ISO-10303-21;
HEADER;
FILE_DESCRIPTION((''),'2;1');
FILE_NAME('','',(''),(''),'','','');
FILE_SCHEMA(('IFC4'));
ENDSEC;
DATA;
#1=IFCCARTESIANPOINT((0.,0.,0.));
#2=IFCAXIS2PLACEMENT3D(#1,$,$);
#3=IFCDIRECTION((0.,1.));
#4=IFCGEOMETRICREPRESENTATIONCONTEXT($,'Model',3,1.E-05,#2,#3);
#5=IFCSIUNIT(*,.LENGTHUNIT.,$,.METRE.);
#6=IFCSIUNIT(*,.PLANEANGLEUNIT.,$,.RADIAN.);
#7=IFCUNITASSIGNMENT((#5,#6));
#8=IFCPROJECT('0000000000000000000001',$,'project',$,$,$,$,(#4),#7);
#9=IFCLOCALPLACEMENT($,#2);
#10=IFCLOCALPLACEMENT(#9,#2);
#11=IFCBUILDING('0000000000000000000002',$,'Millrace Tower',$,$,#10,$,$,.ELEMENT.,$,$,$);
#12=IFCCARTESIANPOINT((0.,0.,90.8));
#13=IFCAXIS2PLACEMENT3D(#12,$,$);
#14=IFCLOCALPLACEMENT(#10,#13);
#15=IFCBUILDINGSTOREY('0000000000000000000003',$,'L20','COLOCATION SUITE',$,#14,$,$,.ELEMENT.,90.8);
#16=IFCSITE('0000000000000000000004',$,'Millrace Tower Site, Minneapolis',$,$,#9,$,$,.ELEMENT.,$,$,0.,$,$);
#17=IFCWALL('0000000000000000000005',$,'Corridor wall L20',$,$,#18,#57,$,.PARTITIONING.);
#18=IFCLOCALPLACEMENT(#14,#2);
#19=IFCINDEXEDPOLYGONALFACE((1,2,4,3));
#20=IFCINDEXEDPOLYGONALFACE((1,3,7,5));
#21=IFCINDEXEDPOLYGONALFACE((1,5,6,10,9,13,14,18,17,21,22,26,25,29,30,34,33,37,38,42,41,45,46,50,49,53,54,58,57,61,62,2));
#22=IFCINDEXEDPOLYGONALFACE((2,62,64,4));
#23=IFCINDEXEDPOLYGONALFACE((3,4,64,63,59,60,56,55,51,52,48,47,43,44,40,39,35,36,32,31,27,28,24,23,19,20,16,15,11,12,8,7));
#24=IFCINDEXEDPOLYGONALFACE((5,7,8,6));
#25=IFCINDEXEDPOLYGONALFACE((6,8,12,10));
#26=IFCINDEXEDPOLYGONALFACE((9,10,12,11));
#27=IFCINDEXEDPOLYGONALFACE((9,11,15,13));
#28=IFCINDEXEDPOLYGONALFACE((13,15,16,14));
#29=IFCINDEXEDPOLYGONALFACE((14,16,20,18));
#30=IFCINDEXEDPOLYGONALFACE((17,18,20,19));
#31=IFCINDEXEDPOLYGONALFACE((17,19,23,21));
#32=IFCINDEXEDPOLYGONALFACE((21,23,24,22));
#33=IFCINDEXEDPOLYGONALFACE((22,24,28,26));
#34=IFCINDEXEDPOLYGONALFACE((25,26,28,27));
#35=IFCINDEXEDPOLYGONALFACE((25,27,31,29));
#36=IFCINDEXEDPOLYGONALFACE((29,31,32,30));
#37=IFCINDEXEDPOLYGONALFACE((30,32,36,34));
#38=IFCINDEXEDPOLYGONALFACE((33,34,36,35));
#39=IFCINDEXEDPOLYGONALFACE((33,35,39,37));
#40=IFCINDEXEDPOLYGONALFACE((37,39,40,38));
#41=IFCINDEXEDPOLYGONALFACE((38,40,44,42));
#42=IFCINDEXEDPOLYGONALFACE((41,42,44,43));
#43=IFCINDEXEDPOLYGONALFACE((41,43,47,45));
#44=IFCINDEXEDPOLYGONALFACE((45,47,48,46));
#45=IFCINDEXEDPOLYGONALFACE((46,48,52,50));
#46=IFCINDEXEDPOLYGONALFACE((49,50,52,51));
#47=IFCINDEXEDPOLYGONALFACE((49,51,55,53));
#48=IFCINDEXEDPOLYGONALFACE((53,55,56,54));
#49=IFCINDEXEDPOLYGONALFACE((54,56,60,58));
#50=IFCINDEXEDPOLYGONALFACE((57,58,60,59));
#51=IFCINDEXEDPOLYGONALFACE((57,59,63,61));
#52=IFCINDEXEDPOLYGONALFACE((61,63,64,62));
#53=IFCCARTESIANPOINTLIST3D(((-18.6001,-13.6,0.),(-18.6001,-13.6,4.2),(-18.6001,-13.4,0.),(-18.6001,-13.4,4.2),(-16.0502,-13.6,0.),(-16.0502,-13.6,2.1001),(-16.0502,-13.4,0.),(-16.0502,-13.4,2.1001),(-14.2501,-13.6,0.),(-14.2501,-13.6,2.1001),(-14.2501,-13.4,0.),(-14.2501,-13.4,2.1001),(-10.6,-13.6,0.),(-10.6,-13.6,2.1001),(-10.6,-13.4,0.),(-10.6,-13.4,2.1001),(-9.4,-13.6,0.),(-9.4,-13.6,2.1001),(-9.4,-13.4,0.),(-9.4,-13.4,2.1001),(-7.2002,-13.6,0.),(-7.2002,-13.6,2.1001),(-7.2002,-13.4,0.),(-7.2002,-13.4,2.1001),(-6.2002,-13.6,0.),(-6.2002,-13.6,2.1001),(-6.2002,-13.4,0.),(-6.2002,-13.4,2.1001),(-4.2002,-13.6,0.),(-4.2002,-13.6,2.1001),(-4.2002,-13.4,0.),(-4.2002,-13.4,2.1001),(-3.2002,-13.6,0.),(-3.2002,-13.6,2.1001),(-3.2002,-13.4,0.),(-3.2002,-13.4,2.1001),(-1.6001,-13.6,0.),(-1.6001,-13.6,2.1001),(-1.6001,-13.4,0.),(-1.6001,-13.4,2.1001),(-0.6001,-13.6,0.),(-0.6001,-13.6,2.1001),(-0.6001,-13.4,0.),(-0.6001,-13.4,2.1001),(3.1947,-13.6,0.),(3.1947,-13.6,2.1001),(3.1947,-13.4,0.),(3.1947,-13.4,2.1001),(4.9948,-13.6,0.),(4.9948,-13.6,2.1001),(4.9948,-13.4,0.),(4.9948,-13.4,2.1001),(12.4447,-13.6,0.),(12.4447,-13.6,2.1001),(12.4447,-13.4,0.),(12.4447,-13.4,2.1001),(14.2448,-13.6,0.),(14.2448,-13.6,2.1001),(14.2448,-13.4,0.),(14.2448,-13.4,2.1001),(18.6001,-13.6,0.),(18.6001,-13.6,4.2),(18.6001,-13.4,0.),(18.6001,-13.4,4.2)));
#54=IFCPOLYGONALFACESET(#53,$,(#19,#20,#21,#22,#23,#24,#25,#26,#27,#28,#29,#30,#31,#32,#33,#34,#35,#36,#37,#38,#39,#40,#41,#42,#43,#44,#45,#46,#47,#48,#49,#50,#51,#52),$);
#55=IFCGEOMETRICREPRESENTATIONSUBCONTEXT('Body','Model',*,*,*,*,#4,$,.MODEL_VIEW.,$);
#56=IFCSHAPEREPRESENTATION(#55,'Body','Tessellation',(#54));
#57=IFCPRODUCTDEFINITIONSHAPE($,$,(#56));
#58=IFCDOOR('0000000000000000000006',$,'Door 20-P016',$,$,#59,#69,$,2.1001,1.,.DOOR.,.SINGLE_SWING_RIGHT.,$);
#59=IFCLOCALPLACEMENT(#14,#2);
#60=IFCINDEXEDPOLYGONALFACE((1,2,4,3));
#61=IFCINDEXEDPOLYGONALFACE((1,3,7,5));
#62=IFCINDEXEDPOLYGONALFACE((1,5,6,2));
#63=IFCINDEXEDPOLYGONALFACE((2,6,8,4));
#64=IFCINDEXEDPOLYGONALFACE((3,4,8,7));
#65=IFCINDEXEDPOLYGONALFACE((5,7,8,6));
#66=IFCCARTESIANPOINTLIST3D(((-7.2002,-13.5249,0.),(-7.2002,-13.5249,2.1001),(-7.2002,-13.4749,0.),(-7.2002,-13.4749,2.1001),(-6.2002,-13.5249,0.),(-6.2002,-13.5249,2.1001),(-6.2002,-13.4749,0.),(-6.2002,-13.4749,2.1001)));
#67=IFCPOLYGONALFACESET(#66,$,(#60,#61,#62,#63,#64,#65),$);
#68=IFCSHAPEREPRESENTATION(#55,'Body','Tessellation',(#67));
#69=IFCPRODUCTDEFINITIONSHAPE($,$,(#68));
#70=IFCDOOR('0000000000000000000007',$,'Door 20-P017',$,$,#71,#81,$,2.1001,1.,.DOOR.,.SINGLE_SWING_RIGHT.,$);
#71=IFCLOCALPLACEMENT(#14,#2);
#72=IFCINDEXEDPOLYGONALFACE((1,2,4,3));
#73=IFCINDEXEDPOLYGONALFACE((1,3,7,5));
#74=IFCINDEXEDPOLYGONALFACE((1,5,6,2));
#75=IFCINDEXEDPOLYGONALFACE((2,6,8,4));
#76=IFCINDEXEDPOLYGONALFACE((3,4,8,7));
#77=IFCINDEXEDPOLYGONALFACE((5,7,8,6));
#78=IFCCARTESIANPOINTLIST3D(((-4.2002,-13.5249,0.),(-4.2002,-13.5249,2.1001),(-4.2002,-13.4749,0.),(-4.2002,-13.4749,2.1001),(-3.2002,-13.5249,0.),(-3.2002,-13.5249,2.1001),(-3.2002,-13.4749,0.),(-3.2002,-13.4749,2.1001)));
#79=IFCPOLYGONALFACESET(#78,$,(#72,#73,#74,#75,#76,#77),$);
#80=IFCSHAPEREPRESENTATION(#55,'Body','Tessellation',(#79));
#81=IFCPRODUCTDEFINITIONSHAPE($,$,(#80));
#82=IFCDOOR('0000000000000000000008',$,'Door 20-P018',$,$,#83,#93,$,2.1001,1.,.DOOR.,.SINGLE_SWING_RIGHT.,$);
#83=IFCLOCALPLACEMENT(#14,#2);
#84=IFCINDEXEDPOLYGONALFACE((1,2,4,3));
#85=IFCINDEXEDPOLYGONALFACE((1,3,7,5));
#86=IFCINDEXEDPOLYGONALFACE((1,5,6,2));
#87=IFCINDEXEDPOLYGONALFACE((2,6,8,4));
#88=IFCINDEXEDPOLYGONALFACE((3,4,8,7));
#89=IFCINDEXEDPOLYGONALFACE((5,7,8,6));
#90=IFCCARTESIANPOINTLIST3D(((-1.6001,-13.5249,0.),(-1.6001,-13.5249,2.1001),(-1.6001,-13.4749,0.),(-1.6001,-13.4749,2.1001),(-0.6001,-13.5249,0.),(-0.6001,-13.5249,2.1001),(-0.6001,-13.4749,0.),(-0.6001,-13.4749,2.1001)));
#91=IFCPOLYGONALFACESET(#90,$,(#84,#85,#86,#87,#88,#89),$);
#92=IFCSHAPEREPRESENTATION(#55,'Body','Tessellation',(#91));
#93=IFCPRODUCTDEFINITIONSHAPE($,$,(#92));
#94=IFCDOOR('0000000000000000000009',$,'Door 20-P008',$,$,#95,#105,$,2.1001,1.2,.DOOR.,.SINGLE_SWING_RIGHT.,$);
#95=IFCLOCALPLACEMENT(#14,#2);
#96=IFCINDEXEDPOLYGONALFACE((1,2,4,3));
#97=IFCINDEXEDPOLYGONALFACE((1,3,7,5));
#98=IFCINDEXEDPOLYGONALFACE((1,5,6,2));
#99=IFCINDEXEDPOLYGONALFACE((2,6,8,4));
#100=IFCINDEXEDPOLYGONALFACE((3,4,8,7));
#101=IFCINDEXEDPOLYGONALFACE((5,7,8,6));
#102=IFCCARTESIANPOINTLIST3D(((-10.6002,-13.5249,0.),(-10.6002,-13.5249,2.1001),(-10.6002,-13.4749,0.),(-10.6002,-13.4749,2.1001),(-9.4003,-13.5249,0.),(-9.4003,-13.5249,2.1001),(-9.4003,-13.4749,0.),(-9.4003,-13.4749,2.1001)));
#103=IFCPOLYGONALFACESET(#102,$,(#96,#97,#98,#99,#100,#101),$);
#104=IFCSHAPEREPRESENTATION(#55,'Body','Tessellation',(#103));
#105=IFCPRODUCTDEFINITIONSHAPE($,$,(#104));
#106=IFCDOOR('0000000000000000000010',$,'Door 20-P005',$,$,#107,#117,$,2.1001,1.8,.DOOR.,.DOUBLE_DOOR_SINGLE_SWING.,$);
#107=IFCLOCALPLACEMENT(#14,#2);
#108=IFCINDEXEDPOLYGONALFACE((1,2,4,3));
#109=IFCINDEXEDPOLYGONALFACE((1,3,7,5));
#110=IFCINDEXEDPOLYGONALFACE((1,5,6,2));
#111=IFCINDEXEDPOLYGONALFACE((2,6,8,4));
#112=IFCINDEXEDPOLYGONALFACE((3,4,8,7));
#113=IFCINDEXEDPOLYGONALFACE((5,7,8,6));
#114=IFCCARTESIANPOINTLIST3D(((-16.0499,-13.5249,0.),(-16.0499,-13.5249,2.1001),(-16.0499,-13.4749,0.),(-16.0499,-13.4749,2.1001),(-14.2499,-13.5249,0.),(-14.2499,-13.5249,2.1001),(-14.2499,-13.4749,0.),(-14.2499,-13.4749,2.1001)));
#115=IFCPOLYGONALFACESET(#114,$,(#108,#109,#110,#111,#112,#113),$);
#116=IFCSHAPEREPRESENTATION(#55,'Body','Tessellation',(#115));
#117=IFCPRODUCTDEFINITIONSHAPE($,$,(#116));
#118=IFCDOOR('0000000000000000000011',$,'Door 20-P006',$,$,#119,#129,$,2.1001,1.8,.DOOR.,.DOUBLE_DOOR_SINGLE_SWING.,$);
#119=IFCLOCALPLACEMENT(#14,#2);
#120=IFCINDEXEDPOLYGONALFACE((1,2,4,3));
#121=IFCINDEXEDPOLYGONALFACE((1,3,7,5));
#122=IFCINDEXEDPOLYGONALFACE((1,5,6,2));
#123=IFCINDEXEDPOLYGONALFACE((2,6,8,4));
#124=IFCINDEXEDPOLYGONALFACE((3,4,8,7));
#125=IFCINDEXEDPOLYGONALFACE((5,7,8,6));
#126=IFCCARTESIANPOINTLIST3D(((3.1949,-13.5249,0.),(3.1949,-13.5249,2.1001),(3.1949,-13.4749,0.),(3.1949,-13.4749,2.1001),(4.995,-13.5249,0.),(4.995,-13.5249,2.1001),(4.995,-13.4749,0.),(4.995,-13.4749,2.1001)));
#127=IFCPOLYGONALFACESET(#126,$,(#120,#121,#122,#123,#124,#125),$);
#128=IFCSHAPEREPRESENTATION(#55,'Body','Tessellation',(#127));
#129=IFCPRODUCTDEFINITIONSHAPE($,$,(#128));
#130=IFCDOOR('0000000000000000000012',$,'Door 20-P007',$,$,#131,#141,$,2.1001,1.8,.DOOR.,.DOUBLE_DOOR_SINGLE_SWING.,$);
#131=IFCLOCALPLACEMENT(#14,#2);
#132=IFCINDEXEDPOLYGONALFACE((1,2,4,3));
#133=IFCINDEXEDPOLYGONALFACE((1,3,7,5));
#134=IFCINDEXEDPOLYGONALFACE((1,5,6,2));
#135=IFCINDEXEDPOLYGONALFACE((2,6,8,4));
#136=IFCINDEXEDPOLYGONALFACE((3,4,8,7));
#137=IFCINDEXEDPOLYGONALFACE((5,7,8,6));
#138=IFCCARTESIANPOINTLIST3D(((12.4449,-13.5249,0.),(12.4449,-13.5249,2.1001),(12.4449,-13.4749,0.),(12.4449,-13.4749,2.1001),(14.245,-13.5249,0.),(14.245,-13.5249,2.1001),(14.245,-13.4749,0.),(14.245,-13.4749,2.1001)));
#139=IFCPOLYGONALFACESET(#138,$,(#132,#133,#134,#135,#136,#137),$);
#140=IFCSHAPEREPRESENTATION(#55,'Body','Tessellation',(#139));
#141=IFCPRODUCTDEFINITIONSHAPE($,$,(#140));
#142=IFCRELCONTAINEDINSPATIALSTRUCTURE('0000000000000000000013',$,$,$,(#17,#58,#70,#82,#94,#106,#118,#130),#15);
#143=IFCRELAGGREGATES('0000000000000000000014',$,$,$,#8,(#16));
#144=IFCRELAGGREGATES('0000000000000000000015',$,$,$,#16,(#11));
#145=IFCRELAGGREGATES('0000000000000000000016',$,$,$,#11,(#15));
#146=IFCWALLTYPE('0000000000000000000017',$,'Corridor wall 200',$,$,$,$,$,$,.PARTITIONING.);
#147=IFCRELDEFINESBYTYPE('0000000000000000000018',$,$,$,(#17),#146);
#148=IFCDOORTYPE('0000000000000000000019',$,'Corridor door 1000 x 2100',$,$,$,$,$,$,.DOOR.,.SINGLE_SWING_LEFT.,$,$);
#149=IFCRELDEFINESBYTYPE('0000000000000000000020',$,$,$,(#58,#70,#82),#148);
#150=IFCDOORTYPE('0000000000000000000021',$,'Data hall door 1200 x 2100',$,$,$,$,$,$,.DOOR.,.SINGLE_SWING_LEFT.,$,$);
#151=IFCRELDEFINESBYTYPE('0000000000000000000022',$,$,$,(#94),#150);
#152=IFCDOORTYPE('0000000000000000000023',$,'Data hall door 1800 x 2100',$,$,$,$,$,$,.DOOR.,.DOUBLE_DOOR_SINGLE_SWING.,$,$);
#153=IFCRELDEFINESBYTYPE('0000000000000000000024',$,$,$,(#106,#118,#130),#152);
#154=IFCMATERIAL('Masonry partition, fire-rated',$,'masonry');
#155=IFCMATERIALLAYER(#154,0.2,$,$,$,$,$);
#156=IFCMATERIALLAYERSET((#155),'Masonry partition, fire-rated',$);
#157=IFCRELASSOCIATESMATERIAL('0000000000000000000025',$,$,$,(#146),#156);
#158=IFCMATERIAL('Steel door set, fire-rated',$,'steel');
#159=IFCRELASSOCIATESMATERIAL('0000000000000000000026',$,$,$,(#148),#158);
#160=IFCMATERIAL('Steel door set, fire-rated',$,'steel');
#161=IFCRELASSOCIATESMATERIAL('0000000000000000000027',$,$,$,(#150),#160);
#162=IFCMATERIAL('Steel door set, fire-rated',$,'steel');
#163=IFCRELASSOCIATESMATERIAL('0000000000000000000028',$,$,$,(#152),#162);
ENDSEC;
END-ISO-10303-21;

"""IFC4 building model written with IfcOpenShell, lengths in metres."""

from ifc_helpers import new_model, si_unit, direction, frame, frame_2d, origin, place, context, subcontext, project, spatial, rectangle, extrude, material, layer, layer_set, type_object, element, fill, save


model = new_model("IFC4")

# Units and contexts
model_context = context("Model", 3, precision=1e-05, world=origin(), true_north=direction((0.0, 1.0)))
body_context = subcontext(model_context, "Body", "Model", "MODEL_VIEW")
ifc_project = project(units=[si_unit("LENGTHUNIT", "METRE"), si_unit("PLANEANGLEUNIT", "RADIAN")], contexts=[model_context])

# Site, building, storey
site_placement = place(None, origin())
site = spatial("IfcSite", under=ifc_project, at=site_placement, Name="Millrace Tower Site, Minneapolis", CompositionType="ELEMENT", RefElevation=0.0)
building_placement = place(site_placement, origin())
building = spatial("IfcBuilding", under=site, at=building_placement, Name="Millrace Tower", CompositionType="ELEMENT")
storey_placement = place(building_placement, frame((0.0, 0.0, 90.8)))
storey = spatial("IfcBuildingStorey", under=building, at=storey_placement, Name="L20", Description="COLOCATION SUITE", CompositionType="ELEMENT", Elevation=90.8)

# Wall, openings, doors
ifc_material_1 = material(Name="Masonry partition, fire-rated", Category="masonry")
ifc_layer_1 = layer(ifc_material_1, 0.2)
ifc_layer_set_1 = layer_set([ifc_layer_1], Name="Masonry partition, fire-rated")
wall_type = type_object("IfcWallType", Name="Corridor wall 200", PredefinedType="PARTITIONING", material=ifc_layer_set_1)
wall_placement = place(storey_placement, frame((-18.6001, -13.5, 0.0), z_axis=(0.0, 0.0, 1.0), x_axis=(1.0, 0.0, 0.0)))
wall = element("IfcWall", 1, at=wall_placement, inside=storey, type_object=wall_type, Name="Corridor wall L20", PredefinedType="PARTITIONING", context=body_context, shape_type="SweptSolid", body=[
    extrude(rectangle(XDim=37.2002, YDim=0.2, at=frame_2d((18.6001, 0.0))), origin(), (0.0, 0.0, 1.0), 4.2),
])
opening_1_placement = place(wall_placement, frame((2.55, 0.0, 0.0)))
opening_1 = element("IfcOpeningElement", 2, at=opening_1_placement, cuts=wall, PredefinedType="OPENING", context=body_context, shape_type="SweptSolid", body=[
    extrude(rectangle(XDim=1.8, YDim=2.1001, at=frame_2d((0.8999, 1.05))), frame((0.0, 0.1099, 0.0), z_axis=(0.0, -1.0, 0.0), x_axis=(1.0, 0.0, 0.0)), (0.0, 0.0, 1.0), 0.22),
])
opening_2_placement = place(wall_placement, frame((21.7949, 0.0, 0.0)))
opening_2 = element("IfcOpeningElement", 3, at=opening_2_placement, cuts=wall, PredefinedType="OPENING", context=body_context, shape_type="SweptSolid", body=[
    extrude(rectangle(XDim=1.8, YDim=2.1001, at=frame_2d((0.8999, 1.05))), frame((0.0, 0.1099, 0.0), z_axis=(0.0, -1.0, 0.0), x_axis=(1.0, 0.0, 0.0)), (0.0, 0.0, 1.0), 0.22),
])
opening_3_placement = place(wall_placement, frame((31.0449, 0.0, 0.0)))
opening_3 = element("IfcOpeningElement", 4, at=opening_3_placement, cuts=wall, PredefinedType="OPENING", context=body_context, shape_type="SweptSolid", body=[
    extrude(rectangle(XDim=1.8, YDim=2.1001, at=frame_2d((0.8999, 1.05))), frame((0.0, 0.1099, 0.0), z_axis=(0.0, -1.0, 0.0), x_axis=(1.0, 0.0, 0.0)), (0.0, 0.0, 1.0), 0.22),
])
opening_4_placement = place(wall_placement, frame((8.0, 0.0, 0.0)))
opening_4 = element("IfcOpeningElement", 5, at=opening_4_placement, cuts=wall, PredefinedType="OPENING", context=body_context, shape_type="SweptSolid", body=[
    extrude(rectangle(XDim=1.2, YDim=2.1001, at=frame_2d((0.6001, 1.05))), frame((0.0, 0.1099, 0.0), z_axis=(0.0, -1.0, 0.0), x_axis=(1.0, 0.0, 0.0)), (0.0, 0.0, 1.0), 0.22),
])
opening_5_placement = place(wall_placement, frame((11.3999, 0.0, 0.0)))
opening_5 = element("IfcOpeningElement", 6, at=opening_5_placement, cuts=wall, PredefinedType="OPENING", context=body_context, shape_type="SweptSolid", body=[
    extrude(rectangle(XDim=1.0, YDim=2.1001, at=frame_2d((0.5, 1.05))), frame((0.0, 0.1099, 0.0), z_axis=(0.0, -1.0, 0.0), x_axis=(1.0, 0.0, 0.0)), (0.0, 0.0, 1.0), 0.22),
])
opening_6_placement = place(wall_placement, frame((14.3999, 0.0, 0.0)))
opening_6 = element("IfcOpeningElement", 7, at=opening_6_placement, cuts=wall, PredefinedType="OPENING", context=body_context, shape_type="SweptSolid", body=[
    extrude(rectangle(XDim=1.0, YDim=2.1001, at=frame_2d((0.5, 1.05))), frame((0.0, 0.1099, 0.0), z_axis=(0.0, -1.0, 0.0), x_axis=(1.0, 0.0, 0.0)), (0.0, 0.0, 1.0), 0.22),
])
opening_7_placement = place(wall_placement, frame((17.0, 0.0, 0.0)))
opening_7 = element("IfcOpeningElement", 8, at=opening_7_placement, cuts=wall, PredefinedType="OPENING", context=body_context, shape_type="SweptSolid", body=[
    extrude(rectangle(XDim=1.0, YDim=2.1001, at=frame_2d((0.5, 1.05))), frame((0.0, 0.1099, 0.0), z_axis=(0.0, -1.0, 0.0), x_axis=(1.0, 0.0, 0.0)), (0.0, 0.0, 1.0), 0.22),
])
ifc_material_2 = material(Name="Steel door set, fire-rated", Category="steel")
door_type_1 = type_object("IfcDoorType", Name="Corridor door 1000 x 2100", OperationType="SINGLE_SWING_LEFT", PredefinedType="DOOR", material=ifc_material_2)
door_1_placement = place(opening_5_placement, frame((1.0, 0.0, 0.0), z_axis=(0.0, 0.0, 1.0), x_axis=(-1.0, 0.0, 0.0)))
door_1 = element("IfcDoor", 9, at=door_1_placement, inside=storey, type_object=door_type_1, Name="Door 20-P016", OperationType="SINGLE_SWING_RIGHT", OverallHeight=2.1001, OverallWidth=1.0, PredefinedType="DOOR", context=body_context, shape_type="SweptSolid", body=[
    extrude(rectangle(XDim=1.0, YDim=2.1001, at=frame_2d((0.5, 1.05))), frame((0.0, 0.0249, 0.0), z_axis=(0.0, -1.0, 0.0), x_axis=(1.0, 0.0, 0.0)), (0.0, 0.0, 1.0), 0.05),
])
fill(opening_5, door_1)
door_2_placement = place(opening_6_placement, frame((1.0, 0.0, 0.0), z_axis=(0.0, 0.0, 1.0), x_axis=(-1.0, 0.0, 0.0)))
door_2 = element("IfcDoor", 10, at=door_2_placement, inside=storey, type_object=door_type_1, Name="Door 20-P017", OperationType="SINGLE_SWING_RIGHT", OverallHeight=2.1001, OverallWidth=1.0, PredefinedType="DOOR", context=body_context, shape_type="SweptSolid", body=[
    extrude(rectangle(XDim=1.0, YDim=2.1001, at=frame_2d((0.5, 1.05))), frame((0.0, 0.0249, 0.0), z_axis=(0.0, -1.0, 0.0), x_axis=(1.0, 0.0, 0.0)), (0.0, 0.0, 1.0), 0.05),
])
fill(opening_6, door_2)
door_3_placement = place(opening_7_placement, frame((1.0, 0.0, 0.0), z_axis=(0.0, 0.0, 1.0), x_axis=(-1.0, 0.0, 0.0)))
door_3 = element("IfcDoor", 11, at=door_3_placement, inside=storey, type_object=door_type_1, Name="Door 20-P018", OperationType="SINGLE_SWING_RIGHT", OverallHeight=2.1001, OverallWidth=1.0, PredefinedType="DOOR", context=body_context, shape_type="SweptSolid", body=[
    extrude(rectangle(XDim=1.0, YDim=2.1001, at=frame_2d((0.5, 1.05))), frame((0.0, 0.0249, 0.0), z_axis=(0.0, -1.0, 0.0), x_axis=(1.0, 0.0, 0.0)), (0.0, 0.0, 1.0), 0.05),
])
fill(opening_7, door_3)
ifc_material_3 = material(Name="Steel door set, fire-rated", Category="steel")
door_type_2 = type_object("IfcDoorType", Name="Data hall door 1200 x 2100", OperationType="SINGLE_SWING_LEFT", PredefinedType="DOOR", material=ifc_material_3)
door_4_placement = place(opening_4_placement, frame((1.2, 0.0, 0.0), z_axis=(0.0, 0.0, 1.0), x_axis=(-1.0, 0.0, 0.0)))
door_4 = element("IfcDoor", 12, at=door_4_placement, inside=storey, type_object=door_type_2, Name="Door 20-P008", OperationType="SINGLE_SWING_RIGHT", OverallHeight=2.1001, OverallWidth=1.2, PredefinedType="DOOR", context=body_context, shape_type="SweptSolid", body=[
    extrude(rectangle(XDim=1.2, YDim=2.1001, at=frame_2d((0.6001, 1.05))), frame((0.0, 0.0249, 0.0), z_axis=(0.0, -1.0, 0.0), x_axis=(1.0, 0.0, 0.0)), (0.0, 0.0, 1.0), 0.05),
])
fill(opening_4, door_4)
ifc_material_4 = material(Name="Steel door set, fire-rated", Category="steel")
door_type_3 = type_object("IfcDoorType", Name="Data hall door 1800 x 2100", OperationType="DOUBLE_DOOR_SINGLE_SWING", PredefinedType="DOOR", material=ifc_material_4)
door_5_placement = place(opening_1_placement, frame((1.8, 0.0, 0.0), z_axis=(0.0, 0.0, 1.0), x_axis=(-1.0, 0.0, 0.0)))
door_5 = element("IfcDoor", 13, at=door_5_placement, inside=storey, type_object=door_type_3, Name="Door 20-P005", OperationType="DOUBLE_DOOR_SINGLE_SWING", OverallHeight=2.1001, OverallWidth=1.8, PredefinedType="DOOR", context=body_context, shape_type="SweptSolid", body=[
    extrude(rectangle(XDim=1.8, YDim=2.1001, at=frame_2d((0.8999, 1.05))), frame((0.0, 0.0249, 0.0), z_axis=(0.0, -1.0, 0.0), x_axis=(1.0, 0.0, 0.0)), (0.0, 0.0, 1.0), 0.05),
])
fill(opening_1, door_5)
door_6_placement = place(opening_2_placement, frame((1.8, 0.0, 0.0), z_axis=(0.0, 0.0, 1.0), x_axis=(-1.0, 0.0, 0.0)))
door_6 = element("IfcDoor", 14, at=door_6_placement, inside=storey, type_object=door_type_3, Name="Door 20-P006", OperationType="DOUBLE_DOOR_SINGLE_SWING", OverallHeight=2.1001, OverallWidth=1.8, PredefinedType="DOOR", context=body_context, shape_type="SweptSolid", body=[
    extrude(rectangle(XDim=1.8, YDim=2.1001, at=frame_2d((0.8999, 1.05))), frame((0.0, 0.0249, 0.0), z_axis=(0.0, -1.0, 0.0), x_axis=(1.0, 0.0, 0.0)), (0.0, 0.0, 1.0), 0.05),
])
fill(opening_2, door_6)
door_7_placement = place(opening_3_placement, frame((1.8, 0.0, 0.0), z_axis=(0.0, 0.0, 1.0), x_axis=(-1.0, 0.0, 0.0)))
door_7 = element("IfcDoor", 15, at=door_7_placement, inside=storey, type_object=door_type_3, Name="Door 20-P007", OperationType="DOUBLE_DOOR_SINGLE_SWING", OverallHeight=2.1001, OverallWidth=1.8, PredefinedType="DOOR", context=body_context, shape_type="SweptSolid", body=[
    extrude(rectangle(XDim=1.8, YDim=2.1001, at=frame_2d((0.8999, 1.05))), frame((0.0, 0.0249, 0.0), z_axis=(0.0, -1.0, 0.0), x_axis=(1.0, 0.0, 0.0)), (0.0, 0.0, 1.0), 0.05),
])
fill(opening_3, door_7)

save(model, "model.ifc")
